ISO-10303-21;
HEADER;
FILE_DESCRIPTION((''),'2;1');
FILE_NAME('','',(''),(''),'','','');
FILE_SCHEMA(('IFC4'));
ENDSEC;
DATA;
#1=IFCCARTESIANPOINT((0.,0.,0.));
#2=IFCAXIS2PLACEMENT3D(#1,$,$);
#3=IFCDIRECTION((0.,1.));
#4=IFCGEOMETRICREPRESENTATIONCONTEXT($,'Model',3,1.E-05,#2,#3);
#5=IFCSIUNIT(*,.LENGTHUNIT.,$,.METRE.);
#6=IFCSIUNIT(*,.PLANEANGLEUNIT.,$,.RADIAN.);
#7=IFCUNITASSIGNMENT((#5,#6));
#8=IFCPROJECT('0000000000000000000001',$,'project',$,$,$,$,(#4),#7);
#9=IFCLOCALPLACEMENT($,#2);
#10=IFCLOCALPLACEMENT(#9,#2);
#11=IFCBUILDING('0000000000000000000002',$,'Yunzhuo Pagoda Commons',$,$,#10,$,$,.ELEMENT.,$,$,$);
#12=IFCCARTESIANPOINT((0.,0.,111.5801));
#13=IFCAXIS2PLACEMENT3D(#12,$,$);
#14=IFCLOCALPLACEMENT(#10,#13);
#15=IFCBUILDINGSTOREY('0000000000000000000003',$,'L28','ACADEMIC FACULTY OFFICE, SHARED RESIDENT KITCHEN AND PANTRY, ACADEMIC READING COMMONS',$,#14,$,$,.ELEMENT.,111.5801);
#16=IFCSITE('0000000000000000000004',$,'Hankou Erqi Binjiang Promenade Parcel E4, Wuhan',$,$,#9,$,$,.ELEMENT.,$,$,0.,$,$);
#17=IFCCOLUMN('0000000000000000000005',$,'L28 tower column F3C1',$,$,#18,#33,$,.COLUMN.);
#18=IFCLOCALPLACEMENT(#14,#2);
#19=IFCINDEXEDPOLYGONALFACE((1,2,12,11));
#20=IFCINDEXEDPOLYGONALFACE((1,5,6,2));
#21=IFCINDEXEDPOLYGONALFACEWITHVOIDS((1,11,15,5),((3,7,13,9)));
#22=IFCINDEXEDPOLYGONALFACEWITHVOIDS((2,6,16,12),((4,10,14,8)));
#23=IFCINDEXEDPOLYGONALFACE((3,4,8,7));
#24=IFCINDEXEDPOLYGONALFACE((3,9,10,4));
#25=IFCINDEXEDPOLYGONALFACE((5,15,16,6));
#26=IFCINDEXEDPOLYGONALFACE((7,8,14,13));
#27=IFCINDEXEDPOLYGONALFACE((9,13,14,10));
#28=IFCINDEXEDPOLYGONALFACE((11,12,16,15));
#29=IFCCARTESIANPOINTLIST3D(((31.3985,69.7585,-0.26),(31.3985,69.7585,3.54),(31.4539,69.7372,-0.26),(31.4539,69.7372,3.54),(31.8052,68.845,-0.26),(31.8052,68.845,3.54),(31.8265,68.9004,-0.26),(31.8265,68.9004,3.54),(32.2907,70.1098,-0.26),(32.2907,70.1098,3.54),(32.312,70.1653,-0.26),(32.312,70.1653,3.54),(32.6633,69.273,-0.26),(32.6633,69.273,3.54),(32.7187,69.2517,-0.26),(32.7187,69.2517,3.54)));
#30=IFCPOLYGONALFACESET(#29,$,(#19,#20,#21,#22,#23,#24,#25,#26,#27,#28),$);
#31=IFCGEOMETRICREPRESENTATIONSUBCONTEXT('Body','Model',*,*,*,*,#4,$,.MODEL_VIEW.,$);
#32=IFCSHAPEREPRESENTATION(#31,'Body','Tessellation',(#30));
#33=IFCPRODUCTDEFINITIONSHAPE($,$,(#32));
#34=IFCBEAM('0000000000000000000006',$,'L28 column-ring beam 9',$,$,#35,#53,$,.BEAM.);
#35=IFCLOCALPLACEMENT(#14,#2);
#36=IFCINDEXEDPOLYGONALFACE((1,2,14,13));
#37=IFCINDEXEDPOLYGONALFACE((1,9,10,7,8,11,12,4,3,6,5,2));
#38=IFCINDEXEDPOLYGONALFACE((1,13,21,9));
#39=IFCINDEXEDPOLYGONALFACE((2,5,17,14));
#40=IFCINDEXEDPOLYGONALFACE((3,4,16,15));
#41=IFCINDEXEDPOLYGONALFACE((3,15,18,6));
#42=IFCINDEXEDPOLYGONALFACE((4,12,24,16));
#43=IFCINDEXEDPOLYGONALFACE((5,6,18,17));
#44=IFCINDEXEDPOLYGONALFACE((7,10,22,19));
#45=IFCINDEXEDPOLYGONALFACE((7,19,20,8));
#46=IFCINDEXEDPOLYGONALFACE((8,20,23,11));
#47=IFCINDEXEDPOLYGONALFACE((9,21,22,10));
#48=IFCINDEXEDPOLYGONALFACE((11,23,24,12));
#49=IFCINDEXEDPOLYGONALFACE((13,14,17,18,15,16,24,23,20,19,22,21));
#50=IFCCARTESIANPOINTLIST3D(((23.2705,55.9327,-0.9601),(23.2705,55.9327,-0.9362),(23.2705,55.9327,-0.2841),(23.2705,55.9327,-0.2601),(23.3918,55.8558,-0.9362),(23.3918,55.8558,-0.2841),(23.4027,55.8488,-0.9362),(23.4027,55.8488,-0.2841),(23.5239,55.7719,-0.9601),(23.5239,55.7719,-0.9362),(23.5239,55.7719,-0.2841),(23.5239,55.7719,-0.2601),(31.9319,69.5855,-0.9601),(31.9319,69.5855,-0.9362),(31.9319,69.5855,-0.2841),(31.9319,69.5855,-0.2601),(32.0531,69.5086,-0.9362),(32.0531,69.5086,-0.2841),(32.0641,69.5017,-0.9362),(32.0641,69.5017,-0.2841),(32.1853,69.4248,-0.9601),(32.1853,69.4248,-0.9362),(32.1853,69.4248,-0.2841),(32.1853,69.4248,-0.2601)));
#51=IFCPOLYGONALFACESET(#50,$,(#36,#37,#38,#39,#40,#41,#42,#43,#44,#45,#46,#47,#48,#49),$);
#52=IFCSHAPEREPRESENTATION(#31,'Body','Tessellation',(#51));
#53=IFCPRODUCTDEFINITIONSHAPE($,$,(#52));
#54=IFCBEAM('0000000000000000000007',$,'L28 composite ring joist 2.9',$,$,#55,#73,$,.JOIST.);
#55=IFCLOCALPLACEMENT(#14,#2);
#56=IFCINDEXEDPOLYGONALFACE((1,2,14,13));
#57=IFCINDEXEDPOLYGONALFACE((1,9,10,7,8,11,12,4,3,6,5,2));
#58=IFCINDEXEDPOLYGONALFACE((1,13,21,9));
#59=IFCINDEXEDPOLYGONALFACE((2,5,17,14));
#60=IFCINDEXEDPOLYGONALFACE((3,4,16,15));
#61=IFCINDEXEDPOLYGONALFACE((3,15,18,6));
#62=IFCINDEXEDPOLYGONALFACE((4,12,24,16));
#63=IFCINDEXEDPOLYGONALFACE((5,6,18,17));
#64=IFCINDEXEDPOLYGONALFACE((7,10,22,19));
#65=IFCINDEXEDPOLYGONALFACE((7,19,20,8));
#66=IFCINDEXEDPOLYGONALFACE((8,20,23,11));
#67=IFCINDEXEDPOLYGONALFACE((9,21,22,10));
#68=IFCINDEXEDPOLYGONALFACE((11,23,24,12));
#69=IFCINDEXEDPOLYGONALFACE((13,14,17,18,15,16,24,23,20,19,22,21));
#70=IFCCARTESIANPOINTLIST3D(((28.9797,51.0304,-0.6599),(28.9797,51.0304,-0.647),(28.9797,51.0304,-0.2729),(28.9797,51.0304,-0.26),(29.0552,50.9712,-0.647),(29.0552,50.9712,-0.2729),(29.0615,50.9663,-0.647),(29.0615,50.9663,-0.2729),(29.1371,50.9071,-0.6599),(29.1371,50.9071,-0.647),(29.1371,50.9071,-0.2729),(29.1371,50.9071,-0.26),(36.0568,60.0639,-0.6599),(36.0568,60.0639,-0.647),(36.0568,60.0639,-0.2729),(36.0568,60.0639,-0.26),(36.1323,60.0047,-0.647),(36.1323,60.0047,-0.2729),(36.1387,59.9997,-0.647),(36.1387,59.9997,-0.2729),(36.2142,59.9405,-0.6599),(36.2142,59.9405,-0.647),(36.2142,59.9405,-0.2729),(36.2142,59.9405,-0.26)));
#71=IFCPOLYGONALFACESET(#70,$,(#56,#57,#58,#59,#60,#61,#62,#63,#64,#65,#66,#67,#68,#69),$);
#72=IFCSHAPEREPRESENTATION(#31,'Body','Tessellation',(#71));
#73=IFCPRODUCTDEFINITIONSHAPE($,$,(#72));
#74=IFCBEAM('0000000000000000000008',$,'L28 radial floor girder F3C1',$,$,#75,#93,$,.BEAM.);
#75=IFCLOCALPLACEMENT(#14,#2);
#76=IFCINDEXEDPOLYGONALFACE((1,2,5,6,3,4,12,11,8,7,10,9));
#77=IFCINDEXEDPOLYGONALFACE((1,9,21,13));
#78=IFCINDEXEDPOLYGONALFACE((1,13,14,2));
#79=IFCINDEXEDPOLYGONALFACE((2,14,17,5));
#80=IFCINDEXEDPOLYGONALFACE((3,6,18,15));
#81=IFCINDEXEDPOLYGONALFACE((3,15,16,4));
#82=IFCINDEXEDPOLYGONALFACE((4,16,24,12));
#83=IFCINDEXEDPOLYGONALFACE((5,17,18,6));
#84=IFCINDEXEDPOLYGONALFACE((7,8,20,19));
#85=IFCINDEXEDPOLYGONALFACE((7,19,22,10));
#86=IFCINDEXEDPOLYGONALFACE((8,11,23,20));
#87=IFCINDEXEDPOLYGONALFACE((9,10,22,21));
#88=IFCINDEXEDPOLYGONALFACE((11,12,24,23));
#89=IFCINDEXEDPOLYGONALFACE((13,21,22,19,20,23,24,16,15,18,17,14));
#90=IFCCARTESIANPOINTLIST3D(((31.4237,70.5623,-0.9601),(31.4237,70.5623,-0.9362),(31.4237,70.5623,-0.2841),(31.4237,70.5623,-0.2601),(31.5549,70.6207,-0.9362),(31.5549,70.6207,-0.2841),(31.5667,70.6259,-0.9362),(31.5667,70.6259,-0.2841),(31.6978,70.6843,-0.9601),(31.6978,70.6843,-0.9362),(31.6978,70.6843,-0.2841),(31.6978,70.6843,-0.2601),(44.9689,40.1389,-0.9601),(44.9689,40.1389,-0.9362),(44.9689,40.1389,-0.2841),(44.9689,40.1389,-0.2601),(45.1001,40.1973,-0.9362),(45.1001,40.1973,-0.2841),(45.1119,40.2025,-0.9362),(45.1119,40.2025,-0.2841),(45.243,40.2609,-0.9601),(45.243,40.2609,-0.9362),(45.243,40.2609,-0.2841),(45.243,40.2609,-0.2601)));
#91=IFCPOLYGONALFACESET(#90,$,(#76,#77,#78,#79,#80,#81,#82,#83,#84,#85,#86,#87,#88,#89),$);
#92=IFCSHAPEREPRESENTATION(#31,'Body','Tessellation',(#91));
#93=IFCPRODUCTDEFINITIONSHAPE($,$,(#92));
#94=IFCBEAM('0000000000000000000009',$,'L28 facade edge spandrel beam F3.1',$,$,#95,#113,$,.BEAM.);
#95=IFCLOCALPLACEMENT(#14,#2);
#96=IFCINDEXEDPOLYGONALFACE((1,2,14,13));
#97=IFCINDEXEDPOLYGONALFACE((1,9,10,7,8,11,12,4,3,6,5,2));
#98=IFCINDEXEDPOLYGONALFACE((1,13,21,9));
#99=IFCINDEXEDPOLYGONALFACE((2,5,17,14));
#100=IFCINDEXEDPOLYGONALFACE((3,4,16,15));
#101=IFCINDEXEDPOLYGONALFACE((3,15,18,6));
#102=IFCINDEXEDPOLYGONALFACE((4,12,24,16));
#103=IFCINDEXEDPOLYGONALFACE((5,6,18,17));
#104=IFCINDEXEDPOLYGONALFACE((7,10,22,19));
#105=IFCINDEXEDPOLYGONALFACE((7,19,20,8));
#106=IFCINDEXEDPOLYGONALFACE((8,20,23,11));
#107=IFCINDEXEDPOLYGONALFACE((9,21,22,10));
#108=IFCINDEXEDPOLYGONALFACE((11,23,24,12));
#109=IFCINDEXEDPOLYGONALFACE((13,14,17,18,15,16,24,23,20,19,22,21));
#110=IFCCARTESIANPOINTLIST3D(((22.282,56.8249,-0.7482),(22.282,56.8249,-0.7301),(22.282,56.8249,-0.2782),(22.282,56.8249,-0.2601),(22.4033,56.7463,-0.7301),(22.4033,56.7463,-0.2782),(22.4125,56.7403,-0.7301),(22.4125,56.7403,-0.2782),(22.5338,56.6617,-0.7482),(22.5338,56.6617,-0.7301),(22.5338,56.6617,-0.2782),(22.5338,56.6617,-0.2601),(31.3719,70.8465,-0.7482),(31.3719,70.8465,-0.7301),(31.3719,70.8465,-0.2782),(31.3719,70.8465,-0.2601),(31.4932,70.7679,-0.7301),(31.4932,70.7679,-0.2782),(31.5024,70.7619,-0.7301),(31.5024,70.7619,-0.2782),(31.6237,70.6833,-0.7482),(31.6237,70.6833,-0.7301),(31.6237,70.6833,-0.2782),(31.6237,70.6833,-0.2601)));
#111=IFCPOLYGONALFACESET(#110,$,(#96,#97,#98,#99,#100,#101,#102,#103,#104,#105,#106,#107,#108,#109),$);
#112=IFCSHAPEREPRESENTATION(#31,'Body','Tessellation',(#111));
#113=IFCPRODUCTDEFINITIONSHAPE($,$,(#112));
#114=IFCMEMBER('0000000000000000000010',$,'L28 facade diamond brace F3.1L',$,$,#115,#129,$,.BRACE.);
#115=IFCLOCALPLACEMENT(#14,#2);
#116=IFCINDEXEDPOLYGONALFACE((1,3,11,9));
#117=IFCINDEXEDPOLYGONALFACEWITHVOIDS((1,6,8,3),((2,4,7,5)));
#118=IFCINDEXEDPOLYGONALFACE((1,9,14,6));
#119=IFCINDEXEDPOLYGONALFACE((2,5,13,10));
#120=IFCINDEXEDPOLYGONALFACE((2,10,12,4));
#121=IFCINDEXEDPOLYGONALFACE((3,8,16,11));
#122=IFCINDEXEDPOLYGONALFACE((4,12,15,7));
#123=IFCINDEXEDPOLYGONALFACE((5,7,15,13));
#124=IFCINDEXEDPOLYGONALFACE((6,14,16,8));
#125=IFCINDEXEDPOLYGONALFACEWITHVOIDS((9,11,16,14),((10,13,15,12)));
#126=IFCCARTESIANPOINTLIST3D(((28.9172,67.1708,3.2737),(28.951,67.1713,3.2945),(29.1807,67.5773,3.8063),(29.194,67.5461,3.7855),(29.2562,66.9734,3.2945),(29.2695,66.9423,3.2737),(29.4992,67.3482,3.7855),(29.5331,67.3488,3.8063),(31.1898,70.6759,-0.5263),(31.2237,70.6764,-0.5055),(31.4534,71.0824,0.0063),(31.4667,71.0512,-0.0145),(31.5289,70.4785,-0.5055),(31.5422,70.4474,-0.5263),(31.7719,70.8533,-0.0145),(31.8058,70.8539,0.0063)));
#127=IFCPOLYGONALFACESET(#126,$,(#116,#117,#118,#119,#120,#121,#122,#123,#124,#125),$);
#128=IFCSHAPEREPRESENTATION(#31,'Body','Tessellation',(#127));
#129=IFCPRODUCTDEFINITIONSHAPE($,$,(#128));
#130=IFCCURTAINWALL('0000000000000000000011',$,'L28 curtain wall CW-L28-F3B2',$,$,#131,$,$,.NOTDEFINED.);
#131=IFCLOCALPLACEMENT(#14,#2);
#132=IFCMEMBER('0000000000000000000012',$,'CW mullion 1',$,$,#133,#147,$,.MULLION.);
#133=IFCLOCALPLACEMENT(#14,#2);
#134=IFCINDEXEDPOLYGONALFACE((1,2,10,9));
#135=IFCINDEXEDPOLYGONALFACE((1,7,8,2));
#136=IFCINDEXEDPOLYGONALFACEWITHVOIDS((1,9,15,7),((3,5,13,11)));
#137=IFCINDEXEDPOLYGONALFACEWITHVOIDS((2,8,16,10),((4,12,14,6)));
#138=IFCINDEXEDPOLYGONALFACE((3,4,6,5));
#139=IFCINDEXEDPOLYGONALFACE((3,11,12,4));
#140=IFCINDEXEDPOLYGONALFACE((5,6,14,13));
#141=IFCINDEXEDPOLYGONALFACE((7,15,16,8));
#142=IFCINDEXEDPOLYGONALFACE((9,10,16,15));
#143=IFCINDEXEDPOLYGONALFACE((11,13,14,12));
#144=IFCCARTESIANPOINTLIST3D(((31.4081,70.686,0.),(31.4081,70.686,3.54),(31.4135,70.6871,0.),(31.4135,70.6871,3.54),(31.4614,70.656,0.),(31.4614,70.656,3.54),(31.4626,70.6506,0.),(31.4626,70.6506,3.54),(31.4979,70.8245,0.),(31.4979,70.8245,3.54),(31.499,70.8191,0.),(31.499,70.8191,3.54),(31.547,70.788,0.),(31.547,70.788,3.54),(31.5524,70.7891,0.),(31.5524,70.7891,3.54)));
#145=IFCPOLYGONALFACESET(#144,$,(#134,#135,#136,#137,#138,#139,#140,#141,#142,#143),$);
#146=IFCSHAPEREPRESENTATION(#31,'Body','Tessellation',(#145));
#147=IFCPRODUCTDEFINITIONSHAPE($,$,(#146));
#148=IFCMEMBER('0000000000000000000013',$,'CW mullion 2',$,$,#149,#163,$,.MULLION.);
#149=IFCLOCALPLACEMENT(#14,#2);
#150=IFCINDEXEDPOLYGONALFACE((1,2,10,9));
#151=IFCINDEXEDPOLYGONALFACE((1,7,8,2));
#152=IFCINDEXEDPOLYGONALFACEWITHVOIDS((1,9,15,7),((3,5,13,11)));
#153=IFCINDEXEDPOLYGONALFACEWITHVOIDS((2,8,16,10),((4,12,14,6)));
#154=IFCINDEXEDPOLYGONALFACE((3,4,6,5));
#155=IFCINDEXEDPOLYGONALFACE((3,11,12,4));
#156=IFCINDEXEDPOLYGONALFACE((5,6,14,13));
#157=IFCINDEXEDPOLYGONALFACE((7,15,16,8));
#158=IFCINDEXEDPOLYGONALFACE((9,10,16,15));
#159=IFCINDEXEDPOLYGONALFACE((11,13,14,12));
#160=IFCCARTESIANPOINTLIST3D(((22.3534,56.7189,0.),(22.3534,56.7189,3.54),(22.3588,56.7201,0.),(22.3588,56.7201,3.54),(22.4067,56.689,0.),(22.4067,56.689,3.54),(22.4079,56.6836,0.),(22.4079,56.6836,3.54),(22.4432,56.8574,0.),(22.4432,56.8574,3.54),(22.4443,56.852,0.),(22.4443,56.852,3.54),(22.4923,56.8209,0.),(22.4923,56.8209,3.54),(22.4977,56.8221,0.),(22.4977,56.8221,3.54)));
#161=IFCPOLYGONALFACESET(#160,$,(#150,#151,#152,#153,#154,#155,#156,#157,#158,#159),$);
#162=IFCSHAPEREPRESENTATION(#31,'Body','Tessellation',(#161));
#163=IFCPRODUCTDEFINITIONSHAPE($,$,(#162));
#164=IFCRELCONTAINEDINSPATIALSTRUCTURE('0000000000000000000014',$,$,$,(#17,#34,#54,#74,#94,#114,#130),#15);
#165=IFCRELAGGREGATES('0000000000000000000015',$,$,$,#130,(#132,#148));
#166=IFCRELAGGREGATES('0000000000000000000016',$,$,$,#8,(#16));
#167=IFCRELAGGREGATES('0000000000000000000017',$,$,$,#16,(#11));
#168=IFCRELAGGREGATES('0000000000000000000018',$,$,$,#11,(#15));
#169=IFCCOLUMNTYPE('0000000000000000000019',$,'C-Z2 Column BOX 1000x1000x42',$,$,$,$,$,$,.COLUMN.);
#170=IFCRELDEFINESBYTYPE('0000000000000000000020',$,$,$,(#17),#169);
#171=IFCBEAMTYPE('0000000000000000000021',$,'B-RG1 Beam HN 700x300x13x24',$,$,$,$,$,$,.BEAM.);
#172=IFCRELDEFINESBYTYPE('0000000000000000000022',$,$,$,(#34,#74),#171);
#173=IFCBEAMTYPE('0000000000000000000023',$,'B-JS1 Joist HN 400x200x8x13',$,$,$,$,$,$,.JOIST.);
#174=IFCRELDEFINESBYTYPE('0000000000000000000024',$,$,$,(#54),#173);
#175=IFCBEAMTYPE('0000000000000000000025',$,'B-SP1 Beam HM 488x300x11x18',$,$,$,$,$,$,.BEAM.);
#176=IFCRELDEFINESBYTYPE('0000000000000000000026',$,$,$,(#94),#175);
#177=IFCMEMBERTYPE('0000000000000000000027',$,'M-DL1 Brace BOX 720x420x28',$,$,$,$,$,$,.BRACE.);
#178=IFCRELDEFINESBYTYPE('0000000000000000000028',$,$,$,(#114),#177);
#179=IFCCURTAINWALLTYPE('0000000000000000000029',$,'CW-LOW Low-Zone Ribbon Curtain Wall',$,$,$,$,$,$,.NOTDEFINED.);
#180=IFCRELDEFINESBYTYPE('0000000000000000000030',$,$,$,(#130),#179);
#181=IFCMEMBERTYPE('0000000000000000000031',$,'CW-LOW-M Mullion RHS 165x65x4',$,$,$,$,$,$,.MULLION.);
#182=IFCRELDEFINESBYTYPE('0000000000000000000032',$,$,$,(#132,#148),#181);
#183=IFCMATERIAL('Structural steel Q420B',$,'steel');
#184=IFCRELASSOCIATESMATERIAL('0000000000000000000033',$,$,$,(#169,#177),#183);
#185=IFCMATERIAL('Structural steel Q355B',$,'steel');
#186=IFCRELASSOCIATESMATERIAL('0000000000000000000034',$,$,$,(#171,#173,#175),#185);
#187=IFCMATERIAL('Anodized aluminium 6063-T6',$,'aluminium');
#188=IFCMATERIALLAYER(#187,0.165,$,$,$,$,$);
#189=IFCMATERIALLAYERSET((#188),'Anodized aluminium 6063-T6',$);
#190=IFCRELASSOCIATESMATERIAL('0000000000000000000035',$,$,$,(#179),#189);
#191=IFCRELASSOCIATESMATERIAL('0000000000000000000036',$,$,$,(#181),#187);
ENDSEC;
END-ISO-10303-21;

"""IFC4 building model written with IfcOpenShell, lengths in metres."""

from ifc_helpers import new_model, si_unit, direction, frame, origin, origin_2d, place, context, subcontext, project, spatial, hollow_rectangle, i_section, extrude, source, transform, mapped, material, layer, layer_set, material_profile, profile_set, type_object, element, aggregate, save


model = new_model("IFC4")

# Units and contexts
model_context = context("Model", 3, precision=1e-05, world=origin(), true_north=direction((0.0, 1.0)))
body_context = subcontext(model_context, "Body", "Model", "MODEL_VIEW")
ifc_project = project(units=[si_unit("LENGTHUNIT", "METRE"), si_unit("PLANEANGLEUNIT", "RADIAN")], contexts=[model_context])

# Site, building, storey
site_placement = place(None, origin())
site = spatial("IfcSite", under=ifc_project, at=site_placement, Name="Hankou Erqi Binjiang Promenade Parcel E4, Wuhan", CompositionType="ELEMENT", RefElevation=0.0)
building_placement = place(site_placement, origin())
building = spatial("IfcBuilding", under=site, at=building_placement, Name="Yunzhuo Pagoda Commons", CompositionType="ELEMENT")
storey_placement = place(building_placement, frame((0.0, 0.0, 111.5801)))
storey = spatial("IfcBuildingStorey", under=building, at=storey_placement, Name="L28", Description="ACADEMIC FACULTY OFFICE, SHARED RESIDENT KITCHEN AND PANTRY, ACADEMIC READING COMMONS", CompositionType="ELEMENT", Elevation=111.5801)

# Column
ifc_material_1 = material(Name="Structural steel Q420B", Category="steel")
ifc_material_profile_1 = material_profile(ifc_material_1, hollow_rectangle(XDim=1.0, YDim=1.0, WallThickness=0.042, at=origin_2d()), Name="Structural steel Q420B")
ifc_profile_set_1 = profile_set([ifc_material_profile_1], Name="Structural steel Q420B")
column_type = type_object("IfcColumnType", Name="C-Z2 Column BOX 1000x1000x42", PredefinedType="COLUMN", material=ifc_profile_set_1)
shared_shape_1 = source(origin(), body_context, "Body", "SweptSolid", [
    extrude(hollow_rectangle(XDim=1.0, YDim=1.0, WallThickness=0.042, at=origin_2d()), origin(), (0.0, 0.0, 1.0), 3.8),
])
column_placement = place(storey_placement, frame((32.0586, 69.5051, -0.26), z_axis=(0.0, 0.0, 1.0), x_axis=(-0.913545, -0.406737, 0.0)))
element("IfcColumn", 1, at=column_placement, inside=storey, type_object=column_type, Name="L28 tower column F3C1", PredefinedType="COLUMN", context=body_context, shape_type="MappedRepresentation", body=[
    mapped(shared_shape_1, transform((0.0, 0.0, 0.0), scale=1.0)),
])

# Beams
ifc_material_2 = material(Name="Structural steel Q355B", Category="steel")
ifc_material_profile_2 = material_profile(ifc_material_2, i_section(OverallWidth=0.3, OverallDepth=0.7, WebThickness=0.0129, FlangeThickness=0.0239, at=origin_2d()), Name="Structural steel Q355B")
ifc_profile_set_2 = profile_set([ifc_material_profile_2], Name="Structural steel Q355B")
beam_type_1 = type_object("IfcBeamType", Name="B-RG1 Beam HN 700x300x13x24", PredefinedType="BEAM", material=ifc_profile_set_2)
shared_shape_2 = source(origin(), body_context, "Body", "SweptSolid", [
    extrude(i_section(OverallWidth=0.3, OverallDepth=0.7, WebThickness=0.0129, FlangeThickness=0.0239, at=origin_2d()), origin(), (0.0, 0.0, 1.0), 16.1685),
])
beam_1_placement = place(storey_placement, frame((32.0586, 69.5051, -0.6101), z_axis=(-0.535696, -0.844411, 0.0), x_axis=(0.844411, -0.535696, 0.0)))
element("IfcBeam", 2, at=beam_1_placement, inside=storey, type_object=beam_type_1, Name="L28 column-ring beam 9", PredefinedType="BEAM", context=body_context, shape_type="MappedRepresentation", body=[
    mapped(shared_shape_2, transform((0.0, 0.0, 0.0), scale=1.0)),
])
ifc_material_profile_3 = material_profile(ifc_material_2, i_section(OverallWidth=0.2, OverallDepth=0.3999, WebThickness=0.0081, FlangeThickness=0.0129, at=origin_2d()), Name="Structural steel Q355B")
ifc_profile_set_3 = profile_set([ifc_material_profile_3], Name="Structural steel Q355B")
beam_type_2 = type_object("IfcBeamType", Name="B-JS1 Joist HN 400x200x8x13", PredefinedType="JOIST", material=ifc_profile_set_3)
shared_shape_3 = source(origin(), body_context, "Body", "SweptSolid", [
    extrude(i_section(OverallWidth=0.2, OverallDepth=0.3999, WebThickness=0.0081, FlangeThickness=0.0129, at=origin_2d()), origin(), (0.0, 0.0, 1.0), 11.4756),
])
beam_2_placement = place(storey_placement, frame((36.1355, 60.0022, -0.46), z_axis=(-0.616713, -0.787188, 0.0), x_axis=(0.787188, -0.616713, 0.0)))
element("IfcBeam", 3, at=beam_2_placement, inside=storey, type_object=beam_type_2, Name="L28 composite ring joist 2.9", PredefinedType="JOIST", context=body_context, shape_type="MappedRepresentation", body=[
    mapped(shared_shape_3, transform((0.0, 0.0, 0.0), scale=1.0)),
])
shared_shape_4 = source(origin(), body_context, "Body", "SweptSolid", [
    extrude(i_section(OverallWidth=0.3, OverallDepth=0.7, WebThickness=0.0129, FlangeThickness=0.0239, at=origin_2d()), origin(), (0.0, 0.0, 1.0), 33.3025),
])
beam_3_placement = place(storey_placement, frame((31.5608, 70.6233, -0.6101), z_axis=(0.406732, -0.913547, 0.0), x_axis=(0.913547, 0.406732, 0.0)))
element("IfcBeam", 4, at=beam_3_placement, inside=storey, type_object=beam_type_1, Name="L28 radial floor girder F3C1", PredefinedType="BEAM", context=body_context, shape_type="MappedRepresentation", body=[
    mapped(shared_shape_4, transform((0.0, 0.0, 0.0), scale=1.0)),
])
ifc_material_profile_4 = material_profile(ifc_material_2, i_section(OverallWidth=0.3, OverallDepth=0.488, WebThickness=0.011, FlangeThickness=0.0181, at=origin_2d()), Name="Structural steel Q355B")
ifc_profile_set_4 = profile_set([ifc_material_profile_4], Name="Structural steel Q355B")
beam_type_3 = type_object("IfcBeamType", Name="B-SP1 Beam HM 488x300x11x18", PredefinedType="BEAM", material=ifc_profile_set_4)
shared_shape_5 = source(origin(), body_context, "Body", "SweptSolid", [
    extrude(i_section(OverallWidth=0.3, OverallDepth=0.488, WebThickness=0.011, FlangeThickness=0.0181, at=origin_2d()), origin(), (0.0, 0.0, 1.0), 16.7102),
])
beam_4_placement = place(storey_placement, frame((31.4978, 70.7649, -0.5042), z_axis=(-0.543973, -0.839103, 0.0), x_axis=(0.839103, -0.543973, 0.0)))
element("IfcBeam", 5, at=beam_4_placement, inside=storey, type_object=beam_type_3, Name="L28 facade edge spandrel beam F3.1", PredefinedType="BEAM", context=body_context, shape_type="MappedRepresentation", body=[
    mapped(shared_shape_5, transform((0.0, 0.0, 0.0), scale=1.0)),
])

# Member
ifc_material_profile_5 = material_profile(ifc_material_1, hollow_rectangle(XDim=0.4199, YDim=0.72, WallThickness=0.0281, at=origin_2d()), Name="Structural steel Q420B")
ifc_profile_set_5 = profile_set([ifc_material_profile_5], Name="Structural steel Q420B")
member_type_1 = type_object("IfcMemberType", Name="M-DL1 Brace BOX 720x420x28", PredefinedType="BRACE", material=ifc_profile_set_5)
shared_shape_6 = source(origin(), body_context, "Body", "SweptSolid", [
    extrude(hollow_rectangle(XDim=0.4199, YDim=0.72, WallThickness=0.0281, at=origin_2d()), origin(), (0.0, 0.0, 1.0), 5.6472),
])
member_1_placement = place(storey_placement, frame((31.4978, 70.7649, -0.26), z_axis=(-0.402444, -0.620678, 0.672902), x_axis=(0.839059, -0.544041, 0.0)))
element("IfcMember", 6, at=member_1_placement, inside=storey, type_object=member_type_1, Name="L28 facade diamond brace F3.1L", PredefinedType="BRACE", context=body_context, shape_type="MappedRepresentation", body=[
    mapped(shared_shape_6, transform((0.0, 0.0, 0.0), scale=1.0)),
])

# Curtain wall, members
ifc_material_3 = material(Name="Anodized aluminium 6063-T6", Category="aluminium")
ifc_layer_1 = layer(ifc_material_3, 0.165)
ifc_layer_set_1 = layer_set([ifc_layer_1], Name="Anodized aluminium 6063-T6")
curtain_wall_type = type_object("IfcCurtainWallType", Name="CW-LOW Low-Zone Ribbon Curtain Wall", PredefinedType="NOTDEFINED", material=ifc_layer_set_1)
curtain_wall_1_placement = place(storey_placement, origin())
curtain_wall_1 = element("IfcCurtainWall", 7, at=curtain_wall_1_placement, inside=storey, type_object=curtain_wall_type, Name="L28 curtain wall CW-L28-F3B2", PredefinedType="NOTDEFINED")
ifc_material_profile_6 = material_profile(ifc_material_3, hollow_rectangle(XDim=0.0649, YDim=0.165, WallThickness=0.0039, at=origin_2d()), Name="Anodized aluminium 6063-T6")
ifc_profile_set_6 = profile_set([ifc_material_profile_6], Name="Anodized aluminium 6063-T6")
member_type_2 = type_object("IfcMemberType", Name="CW-LOW-M Mullion RHS 165x65x4", PredefinedType="MULLION", material=ifc_profile_set_6)
shared_shape_7 = source(origin(), body_context, "Body", "SweptSolid", [
    extrude(hollow_rectangle(XDim=0.0649, YDim=0.165, WallThickness=0.0039, at=origin_2d()), origin(), (0.0, 0.0, 1.0), 3.54),
])
member_2_placement = place(storey_placement, frame((31.4802, 70.7375, 0.0), z_axis=(0.0, 0.0, 1.0), x_axis=(0.839106, -0.543968, 0.0)))
member_2 = element("IfcMember", 8, at=member_2_placement, type_object=member_type_2, Name="CW mullion 1", PredefinedType="MULLION", context=body_context, shape_type="MappedRepresentation", body=[
    mapped(shared_shape_7, transform((0.0, 0.0, 0.0), scale=1.0)),
])
member_3_placement = place(storey_placement, frame((22.4255, 56.7705, 0.0), z_axis=(0.0, 0.0, 1.0), x_axis=(0.839106, -0.543968, 0.0)))
member_3 = element("IfcMember", 9, at=member_3_placement, type_object=member_type_2, Name="CW mullion 2", PredefinedType="MULLION", context=body_context, shape_type="MappedRepresentation", body=[
    mapped(shared_shape_7, transform((0.0, 0.0, 0.0), scale=1.0)),
])

aggregate(curtain_wall_1, [member_2, member_3])

save(model, "model.ifc")
